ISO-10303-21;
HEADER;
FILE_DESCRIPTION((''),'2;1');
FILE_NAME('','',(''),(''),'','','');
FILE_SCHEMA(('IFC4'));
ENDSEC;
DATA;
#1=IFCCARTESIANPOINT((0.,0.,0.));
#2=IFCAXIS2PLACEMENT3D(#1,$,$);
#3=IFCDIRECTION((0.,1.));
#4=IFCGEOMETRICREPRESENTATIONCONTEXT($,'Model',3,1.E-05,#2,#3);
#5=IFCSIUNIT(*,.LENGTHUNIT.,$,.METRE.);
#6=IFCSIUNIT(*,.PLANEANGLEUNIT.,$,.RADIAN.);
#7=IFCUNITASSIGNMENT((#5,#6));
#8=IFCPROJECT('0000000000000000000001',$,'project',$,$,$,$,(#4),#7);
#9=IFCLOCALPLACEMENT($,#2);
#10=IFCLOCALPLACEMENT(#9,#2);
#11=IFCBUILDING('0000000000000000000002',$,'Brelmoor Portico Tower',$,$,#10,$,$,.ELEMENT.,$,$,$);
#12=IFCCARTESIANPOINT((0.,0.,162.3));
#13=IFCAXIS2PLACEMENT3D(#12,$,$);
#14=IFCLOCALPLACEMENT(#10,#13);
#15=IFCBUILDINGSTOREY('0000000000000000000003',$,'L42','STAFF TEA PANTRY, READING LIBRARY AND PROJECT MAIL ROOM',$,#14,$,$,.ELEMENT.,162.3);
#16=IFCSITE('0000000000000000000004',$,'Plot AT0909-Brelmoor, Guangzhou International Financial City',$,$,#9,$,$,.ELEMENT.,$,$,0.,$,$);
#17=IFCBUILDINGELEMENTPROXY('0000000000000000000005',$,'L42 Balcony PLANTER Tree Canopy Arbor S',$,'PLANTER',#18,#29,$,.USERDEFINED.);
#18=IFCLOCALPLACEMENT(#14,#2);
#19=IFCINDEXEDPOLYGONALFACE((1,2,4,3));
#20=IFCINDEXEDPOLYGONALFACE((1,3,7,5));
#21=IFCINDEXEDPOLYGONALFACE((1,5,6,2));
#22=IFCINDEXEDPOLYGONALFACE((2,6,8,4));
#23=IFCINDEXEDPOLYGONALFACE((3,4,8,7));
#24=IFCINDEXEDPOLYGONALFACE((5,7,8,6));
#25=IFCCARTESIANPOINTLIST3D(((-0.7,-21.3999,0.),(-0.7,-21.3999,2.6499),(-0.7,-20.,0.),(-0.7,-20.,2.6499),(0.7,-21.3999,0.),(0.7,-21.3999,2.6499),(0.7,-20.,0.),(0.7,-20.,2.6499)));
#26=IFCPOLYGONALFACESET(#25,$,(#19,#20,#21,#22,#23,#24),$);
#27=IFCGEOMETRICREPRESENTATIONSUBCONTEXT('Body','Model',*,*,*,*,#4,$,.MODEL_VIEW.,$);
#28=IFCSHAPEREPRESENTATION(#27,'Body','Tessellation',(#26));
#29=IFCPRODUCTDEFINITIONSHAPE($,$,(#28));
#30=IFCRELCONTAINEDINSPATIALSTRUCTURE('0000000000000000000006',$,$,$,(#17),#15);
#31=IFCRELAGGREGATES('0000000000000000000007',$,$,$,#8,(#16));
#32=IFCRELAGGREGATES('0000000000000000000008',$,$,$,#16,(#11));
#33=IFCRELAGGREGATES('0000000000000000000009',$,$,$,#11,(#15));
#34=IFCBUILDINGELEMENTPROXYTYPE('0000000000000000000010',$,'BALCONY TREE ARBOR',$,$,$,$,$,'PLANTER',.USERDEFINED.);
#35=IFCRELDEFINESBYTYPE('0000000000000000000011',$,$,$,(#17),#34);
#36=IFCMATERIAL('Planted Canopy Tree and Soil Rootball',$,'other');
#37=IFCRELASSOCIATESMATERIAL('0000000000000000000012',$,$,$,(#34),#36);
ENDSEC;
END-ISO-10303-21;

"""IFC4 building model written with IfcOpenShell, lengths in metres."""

from ifc_helpers import new_model, si_unit, direction, frame, origin, origin_2d, place, context, subcontext, project, spatial, rectangle, extrude, material, type_object, element, save


model = new_model("IFC4")

# Units and contexts
model_context = context("Model", 3, precision=1e-05, world=origin(), true_north=direction((0.0, 1.0)))
body_context = subcontext(model_context, "Body", "Model", "MODEL_VIEW")
ifc_project = project(units=[si_unit("LENGTHUNIT", "METRE"), si_unit("PLANEANGLEUNIT", "RADIAN")], contexts=[model_context])

# Site, building, storey
site_placement = place(None, origin())
site = spatial("IfcSite", under=ifc_project, at=site_placement, Name="Plot AT0909-Brelmoor, Guangzhou International Financial City", CompositionType="ELEMENT", RefElevation=0.0)
building_placement = place(site_placement, origin())
building = spatial("IfcBuilding", under=site, at=building_placement, Name="Brelmoor Portico Tower", CompositionType="ELEMENT")
storey_placement = place(building_placement, frame((0.0, 0.0, 162.3)))
storey = spatial("IfcBuildingStorey", under=building, at=storey_placement, Name="L42", Description="STAFF TEA PANTRY, READING LIBRARY AND PROJECT MAIL ROOM", CompositionType="ELEMENT", Elevation=162.3)

# Building element proxy
ifc_material_1 = material(Name="Planted Canopy Tree and Soil Rootball", Category="other")
building_element_proxy_type = type_object("IfcBuildingElementProxyType", Name="BALCONY TREE ARBOR", ElementType="PLANTER", PredefinedType="USERDEFINED", material=ifc_material_1)
proxy_placement = place(storey_placement, frame((0.0, -20.7, 0.0), z_axis=(0.0, 0.0, 1.0), x_axis=(1.0, 0.0, 0.0)))
element("IfcBuildingElementProxy", 1, at=proxy_placement, inside=storey, type_object=building_element_proxy_type, Name="L42 Balcony PLANTER Tree Canopy Arbor S", ObjectType="PLANTER", PredefinedType="USERDEFINED", context=body_context, shape_type="SweptSolid", body=[
    extrude(rectangle(XDim=1.3999, YDim=1.3999, at=origin_2d()), origin(), (0.0, 0.0, 1.0), 2.6499),
])

save(model, "model.ifc")
